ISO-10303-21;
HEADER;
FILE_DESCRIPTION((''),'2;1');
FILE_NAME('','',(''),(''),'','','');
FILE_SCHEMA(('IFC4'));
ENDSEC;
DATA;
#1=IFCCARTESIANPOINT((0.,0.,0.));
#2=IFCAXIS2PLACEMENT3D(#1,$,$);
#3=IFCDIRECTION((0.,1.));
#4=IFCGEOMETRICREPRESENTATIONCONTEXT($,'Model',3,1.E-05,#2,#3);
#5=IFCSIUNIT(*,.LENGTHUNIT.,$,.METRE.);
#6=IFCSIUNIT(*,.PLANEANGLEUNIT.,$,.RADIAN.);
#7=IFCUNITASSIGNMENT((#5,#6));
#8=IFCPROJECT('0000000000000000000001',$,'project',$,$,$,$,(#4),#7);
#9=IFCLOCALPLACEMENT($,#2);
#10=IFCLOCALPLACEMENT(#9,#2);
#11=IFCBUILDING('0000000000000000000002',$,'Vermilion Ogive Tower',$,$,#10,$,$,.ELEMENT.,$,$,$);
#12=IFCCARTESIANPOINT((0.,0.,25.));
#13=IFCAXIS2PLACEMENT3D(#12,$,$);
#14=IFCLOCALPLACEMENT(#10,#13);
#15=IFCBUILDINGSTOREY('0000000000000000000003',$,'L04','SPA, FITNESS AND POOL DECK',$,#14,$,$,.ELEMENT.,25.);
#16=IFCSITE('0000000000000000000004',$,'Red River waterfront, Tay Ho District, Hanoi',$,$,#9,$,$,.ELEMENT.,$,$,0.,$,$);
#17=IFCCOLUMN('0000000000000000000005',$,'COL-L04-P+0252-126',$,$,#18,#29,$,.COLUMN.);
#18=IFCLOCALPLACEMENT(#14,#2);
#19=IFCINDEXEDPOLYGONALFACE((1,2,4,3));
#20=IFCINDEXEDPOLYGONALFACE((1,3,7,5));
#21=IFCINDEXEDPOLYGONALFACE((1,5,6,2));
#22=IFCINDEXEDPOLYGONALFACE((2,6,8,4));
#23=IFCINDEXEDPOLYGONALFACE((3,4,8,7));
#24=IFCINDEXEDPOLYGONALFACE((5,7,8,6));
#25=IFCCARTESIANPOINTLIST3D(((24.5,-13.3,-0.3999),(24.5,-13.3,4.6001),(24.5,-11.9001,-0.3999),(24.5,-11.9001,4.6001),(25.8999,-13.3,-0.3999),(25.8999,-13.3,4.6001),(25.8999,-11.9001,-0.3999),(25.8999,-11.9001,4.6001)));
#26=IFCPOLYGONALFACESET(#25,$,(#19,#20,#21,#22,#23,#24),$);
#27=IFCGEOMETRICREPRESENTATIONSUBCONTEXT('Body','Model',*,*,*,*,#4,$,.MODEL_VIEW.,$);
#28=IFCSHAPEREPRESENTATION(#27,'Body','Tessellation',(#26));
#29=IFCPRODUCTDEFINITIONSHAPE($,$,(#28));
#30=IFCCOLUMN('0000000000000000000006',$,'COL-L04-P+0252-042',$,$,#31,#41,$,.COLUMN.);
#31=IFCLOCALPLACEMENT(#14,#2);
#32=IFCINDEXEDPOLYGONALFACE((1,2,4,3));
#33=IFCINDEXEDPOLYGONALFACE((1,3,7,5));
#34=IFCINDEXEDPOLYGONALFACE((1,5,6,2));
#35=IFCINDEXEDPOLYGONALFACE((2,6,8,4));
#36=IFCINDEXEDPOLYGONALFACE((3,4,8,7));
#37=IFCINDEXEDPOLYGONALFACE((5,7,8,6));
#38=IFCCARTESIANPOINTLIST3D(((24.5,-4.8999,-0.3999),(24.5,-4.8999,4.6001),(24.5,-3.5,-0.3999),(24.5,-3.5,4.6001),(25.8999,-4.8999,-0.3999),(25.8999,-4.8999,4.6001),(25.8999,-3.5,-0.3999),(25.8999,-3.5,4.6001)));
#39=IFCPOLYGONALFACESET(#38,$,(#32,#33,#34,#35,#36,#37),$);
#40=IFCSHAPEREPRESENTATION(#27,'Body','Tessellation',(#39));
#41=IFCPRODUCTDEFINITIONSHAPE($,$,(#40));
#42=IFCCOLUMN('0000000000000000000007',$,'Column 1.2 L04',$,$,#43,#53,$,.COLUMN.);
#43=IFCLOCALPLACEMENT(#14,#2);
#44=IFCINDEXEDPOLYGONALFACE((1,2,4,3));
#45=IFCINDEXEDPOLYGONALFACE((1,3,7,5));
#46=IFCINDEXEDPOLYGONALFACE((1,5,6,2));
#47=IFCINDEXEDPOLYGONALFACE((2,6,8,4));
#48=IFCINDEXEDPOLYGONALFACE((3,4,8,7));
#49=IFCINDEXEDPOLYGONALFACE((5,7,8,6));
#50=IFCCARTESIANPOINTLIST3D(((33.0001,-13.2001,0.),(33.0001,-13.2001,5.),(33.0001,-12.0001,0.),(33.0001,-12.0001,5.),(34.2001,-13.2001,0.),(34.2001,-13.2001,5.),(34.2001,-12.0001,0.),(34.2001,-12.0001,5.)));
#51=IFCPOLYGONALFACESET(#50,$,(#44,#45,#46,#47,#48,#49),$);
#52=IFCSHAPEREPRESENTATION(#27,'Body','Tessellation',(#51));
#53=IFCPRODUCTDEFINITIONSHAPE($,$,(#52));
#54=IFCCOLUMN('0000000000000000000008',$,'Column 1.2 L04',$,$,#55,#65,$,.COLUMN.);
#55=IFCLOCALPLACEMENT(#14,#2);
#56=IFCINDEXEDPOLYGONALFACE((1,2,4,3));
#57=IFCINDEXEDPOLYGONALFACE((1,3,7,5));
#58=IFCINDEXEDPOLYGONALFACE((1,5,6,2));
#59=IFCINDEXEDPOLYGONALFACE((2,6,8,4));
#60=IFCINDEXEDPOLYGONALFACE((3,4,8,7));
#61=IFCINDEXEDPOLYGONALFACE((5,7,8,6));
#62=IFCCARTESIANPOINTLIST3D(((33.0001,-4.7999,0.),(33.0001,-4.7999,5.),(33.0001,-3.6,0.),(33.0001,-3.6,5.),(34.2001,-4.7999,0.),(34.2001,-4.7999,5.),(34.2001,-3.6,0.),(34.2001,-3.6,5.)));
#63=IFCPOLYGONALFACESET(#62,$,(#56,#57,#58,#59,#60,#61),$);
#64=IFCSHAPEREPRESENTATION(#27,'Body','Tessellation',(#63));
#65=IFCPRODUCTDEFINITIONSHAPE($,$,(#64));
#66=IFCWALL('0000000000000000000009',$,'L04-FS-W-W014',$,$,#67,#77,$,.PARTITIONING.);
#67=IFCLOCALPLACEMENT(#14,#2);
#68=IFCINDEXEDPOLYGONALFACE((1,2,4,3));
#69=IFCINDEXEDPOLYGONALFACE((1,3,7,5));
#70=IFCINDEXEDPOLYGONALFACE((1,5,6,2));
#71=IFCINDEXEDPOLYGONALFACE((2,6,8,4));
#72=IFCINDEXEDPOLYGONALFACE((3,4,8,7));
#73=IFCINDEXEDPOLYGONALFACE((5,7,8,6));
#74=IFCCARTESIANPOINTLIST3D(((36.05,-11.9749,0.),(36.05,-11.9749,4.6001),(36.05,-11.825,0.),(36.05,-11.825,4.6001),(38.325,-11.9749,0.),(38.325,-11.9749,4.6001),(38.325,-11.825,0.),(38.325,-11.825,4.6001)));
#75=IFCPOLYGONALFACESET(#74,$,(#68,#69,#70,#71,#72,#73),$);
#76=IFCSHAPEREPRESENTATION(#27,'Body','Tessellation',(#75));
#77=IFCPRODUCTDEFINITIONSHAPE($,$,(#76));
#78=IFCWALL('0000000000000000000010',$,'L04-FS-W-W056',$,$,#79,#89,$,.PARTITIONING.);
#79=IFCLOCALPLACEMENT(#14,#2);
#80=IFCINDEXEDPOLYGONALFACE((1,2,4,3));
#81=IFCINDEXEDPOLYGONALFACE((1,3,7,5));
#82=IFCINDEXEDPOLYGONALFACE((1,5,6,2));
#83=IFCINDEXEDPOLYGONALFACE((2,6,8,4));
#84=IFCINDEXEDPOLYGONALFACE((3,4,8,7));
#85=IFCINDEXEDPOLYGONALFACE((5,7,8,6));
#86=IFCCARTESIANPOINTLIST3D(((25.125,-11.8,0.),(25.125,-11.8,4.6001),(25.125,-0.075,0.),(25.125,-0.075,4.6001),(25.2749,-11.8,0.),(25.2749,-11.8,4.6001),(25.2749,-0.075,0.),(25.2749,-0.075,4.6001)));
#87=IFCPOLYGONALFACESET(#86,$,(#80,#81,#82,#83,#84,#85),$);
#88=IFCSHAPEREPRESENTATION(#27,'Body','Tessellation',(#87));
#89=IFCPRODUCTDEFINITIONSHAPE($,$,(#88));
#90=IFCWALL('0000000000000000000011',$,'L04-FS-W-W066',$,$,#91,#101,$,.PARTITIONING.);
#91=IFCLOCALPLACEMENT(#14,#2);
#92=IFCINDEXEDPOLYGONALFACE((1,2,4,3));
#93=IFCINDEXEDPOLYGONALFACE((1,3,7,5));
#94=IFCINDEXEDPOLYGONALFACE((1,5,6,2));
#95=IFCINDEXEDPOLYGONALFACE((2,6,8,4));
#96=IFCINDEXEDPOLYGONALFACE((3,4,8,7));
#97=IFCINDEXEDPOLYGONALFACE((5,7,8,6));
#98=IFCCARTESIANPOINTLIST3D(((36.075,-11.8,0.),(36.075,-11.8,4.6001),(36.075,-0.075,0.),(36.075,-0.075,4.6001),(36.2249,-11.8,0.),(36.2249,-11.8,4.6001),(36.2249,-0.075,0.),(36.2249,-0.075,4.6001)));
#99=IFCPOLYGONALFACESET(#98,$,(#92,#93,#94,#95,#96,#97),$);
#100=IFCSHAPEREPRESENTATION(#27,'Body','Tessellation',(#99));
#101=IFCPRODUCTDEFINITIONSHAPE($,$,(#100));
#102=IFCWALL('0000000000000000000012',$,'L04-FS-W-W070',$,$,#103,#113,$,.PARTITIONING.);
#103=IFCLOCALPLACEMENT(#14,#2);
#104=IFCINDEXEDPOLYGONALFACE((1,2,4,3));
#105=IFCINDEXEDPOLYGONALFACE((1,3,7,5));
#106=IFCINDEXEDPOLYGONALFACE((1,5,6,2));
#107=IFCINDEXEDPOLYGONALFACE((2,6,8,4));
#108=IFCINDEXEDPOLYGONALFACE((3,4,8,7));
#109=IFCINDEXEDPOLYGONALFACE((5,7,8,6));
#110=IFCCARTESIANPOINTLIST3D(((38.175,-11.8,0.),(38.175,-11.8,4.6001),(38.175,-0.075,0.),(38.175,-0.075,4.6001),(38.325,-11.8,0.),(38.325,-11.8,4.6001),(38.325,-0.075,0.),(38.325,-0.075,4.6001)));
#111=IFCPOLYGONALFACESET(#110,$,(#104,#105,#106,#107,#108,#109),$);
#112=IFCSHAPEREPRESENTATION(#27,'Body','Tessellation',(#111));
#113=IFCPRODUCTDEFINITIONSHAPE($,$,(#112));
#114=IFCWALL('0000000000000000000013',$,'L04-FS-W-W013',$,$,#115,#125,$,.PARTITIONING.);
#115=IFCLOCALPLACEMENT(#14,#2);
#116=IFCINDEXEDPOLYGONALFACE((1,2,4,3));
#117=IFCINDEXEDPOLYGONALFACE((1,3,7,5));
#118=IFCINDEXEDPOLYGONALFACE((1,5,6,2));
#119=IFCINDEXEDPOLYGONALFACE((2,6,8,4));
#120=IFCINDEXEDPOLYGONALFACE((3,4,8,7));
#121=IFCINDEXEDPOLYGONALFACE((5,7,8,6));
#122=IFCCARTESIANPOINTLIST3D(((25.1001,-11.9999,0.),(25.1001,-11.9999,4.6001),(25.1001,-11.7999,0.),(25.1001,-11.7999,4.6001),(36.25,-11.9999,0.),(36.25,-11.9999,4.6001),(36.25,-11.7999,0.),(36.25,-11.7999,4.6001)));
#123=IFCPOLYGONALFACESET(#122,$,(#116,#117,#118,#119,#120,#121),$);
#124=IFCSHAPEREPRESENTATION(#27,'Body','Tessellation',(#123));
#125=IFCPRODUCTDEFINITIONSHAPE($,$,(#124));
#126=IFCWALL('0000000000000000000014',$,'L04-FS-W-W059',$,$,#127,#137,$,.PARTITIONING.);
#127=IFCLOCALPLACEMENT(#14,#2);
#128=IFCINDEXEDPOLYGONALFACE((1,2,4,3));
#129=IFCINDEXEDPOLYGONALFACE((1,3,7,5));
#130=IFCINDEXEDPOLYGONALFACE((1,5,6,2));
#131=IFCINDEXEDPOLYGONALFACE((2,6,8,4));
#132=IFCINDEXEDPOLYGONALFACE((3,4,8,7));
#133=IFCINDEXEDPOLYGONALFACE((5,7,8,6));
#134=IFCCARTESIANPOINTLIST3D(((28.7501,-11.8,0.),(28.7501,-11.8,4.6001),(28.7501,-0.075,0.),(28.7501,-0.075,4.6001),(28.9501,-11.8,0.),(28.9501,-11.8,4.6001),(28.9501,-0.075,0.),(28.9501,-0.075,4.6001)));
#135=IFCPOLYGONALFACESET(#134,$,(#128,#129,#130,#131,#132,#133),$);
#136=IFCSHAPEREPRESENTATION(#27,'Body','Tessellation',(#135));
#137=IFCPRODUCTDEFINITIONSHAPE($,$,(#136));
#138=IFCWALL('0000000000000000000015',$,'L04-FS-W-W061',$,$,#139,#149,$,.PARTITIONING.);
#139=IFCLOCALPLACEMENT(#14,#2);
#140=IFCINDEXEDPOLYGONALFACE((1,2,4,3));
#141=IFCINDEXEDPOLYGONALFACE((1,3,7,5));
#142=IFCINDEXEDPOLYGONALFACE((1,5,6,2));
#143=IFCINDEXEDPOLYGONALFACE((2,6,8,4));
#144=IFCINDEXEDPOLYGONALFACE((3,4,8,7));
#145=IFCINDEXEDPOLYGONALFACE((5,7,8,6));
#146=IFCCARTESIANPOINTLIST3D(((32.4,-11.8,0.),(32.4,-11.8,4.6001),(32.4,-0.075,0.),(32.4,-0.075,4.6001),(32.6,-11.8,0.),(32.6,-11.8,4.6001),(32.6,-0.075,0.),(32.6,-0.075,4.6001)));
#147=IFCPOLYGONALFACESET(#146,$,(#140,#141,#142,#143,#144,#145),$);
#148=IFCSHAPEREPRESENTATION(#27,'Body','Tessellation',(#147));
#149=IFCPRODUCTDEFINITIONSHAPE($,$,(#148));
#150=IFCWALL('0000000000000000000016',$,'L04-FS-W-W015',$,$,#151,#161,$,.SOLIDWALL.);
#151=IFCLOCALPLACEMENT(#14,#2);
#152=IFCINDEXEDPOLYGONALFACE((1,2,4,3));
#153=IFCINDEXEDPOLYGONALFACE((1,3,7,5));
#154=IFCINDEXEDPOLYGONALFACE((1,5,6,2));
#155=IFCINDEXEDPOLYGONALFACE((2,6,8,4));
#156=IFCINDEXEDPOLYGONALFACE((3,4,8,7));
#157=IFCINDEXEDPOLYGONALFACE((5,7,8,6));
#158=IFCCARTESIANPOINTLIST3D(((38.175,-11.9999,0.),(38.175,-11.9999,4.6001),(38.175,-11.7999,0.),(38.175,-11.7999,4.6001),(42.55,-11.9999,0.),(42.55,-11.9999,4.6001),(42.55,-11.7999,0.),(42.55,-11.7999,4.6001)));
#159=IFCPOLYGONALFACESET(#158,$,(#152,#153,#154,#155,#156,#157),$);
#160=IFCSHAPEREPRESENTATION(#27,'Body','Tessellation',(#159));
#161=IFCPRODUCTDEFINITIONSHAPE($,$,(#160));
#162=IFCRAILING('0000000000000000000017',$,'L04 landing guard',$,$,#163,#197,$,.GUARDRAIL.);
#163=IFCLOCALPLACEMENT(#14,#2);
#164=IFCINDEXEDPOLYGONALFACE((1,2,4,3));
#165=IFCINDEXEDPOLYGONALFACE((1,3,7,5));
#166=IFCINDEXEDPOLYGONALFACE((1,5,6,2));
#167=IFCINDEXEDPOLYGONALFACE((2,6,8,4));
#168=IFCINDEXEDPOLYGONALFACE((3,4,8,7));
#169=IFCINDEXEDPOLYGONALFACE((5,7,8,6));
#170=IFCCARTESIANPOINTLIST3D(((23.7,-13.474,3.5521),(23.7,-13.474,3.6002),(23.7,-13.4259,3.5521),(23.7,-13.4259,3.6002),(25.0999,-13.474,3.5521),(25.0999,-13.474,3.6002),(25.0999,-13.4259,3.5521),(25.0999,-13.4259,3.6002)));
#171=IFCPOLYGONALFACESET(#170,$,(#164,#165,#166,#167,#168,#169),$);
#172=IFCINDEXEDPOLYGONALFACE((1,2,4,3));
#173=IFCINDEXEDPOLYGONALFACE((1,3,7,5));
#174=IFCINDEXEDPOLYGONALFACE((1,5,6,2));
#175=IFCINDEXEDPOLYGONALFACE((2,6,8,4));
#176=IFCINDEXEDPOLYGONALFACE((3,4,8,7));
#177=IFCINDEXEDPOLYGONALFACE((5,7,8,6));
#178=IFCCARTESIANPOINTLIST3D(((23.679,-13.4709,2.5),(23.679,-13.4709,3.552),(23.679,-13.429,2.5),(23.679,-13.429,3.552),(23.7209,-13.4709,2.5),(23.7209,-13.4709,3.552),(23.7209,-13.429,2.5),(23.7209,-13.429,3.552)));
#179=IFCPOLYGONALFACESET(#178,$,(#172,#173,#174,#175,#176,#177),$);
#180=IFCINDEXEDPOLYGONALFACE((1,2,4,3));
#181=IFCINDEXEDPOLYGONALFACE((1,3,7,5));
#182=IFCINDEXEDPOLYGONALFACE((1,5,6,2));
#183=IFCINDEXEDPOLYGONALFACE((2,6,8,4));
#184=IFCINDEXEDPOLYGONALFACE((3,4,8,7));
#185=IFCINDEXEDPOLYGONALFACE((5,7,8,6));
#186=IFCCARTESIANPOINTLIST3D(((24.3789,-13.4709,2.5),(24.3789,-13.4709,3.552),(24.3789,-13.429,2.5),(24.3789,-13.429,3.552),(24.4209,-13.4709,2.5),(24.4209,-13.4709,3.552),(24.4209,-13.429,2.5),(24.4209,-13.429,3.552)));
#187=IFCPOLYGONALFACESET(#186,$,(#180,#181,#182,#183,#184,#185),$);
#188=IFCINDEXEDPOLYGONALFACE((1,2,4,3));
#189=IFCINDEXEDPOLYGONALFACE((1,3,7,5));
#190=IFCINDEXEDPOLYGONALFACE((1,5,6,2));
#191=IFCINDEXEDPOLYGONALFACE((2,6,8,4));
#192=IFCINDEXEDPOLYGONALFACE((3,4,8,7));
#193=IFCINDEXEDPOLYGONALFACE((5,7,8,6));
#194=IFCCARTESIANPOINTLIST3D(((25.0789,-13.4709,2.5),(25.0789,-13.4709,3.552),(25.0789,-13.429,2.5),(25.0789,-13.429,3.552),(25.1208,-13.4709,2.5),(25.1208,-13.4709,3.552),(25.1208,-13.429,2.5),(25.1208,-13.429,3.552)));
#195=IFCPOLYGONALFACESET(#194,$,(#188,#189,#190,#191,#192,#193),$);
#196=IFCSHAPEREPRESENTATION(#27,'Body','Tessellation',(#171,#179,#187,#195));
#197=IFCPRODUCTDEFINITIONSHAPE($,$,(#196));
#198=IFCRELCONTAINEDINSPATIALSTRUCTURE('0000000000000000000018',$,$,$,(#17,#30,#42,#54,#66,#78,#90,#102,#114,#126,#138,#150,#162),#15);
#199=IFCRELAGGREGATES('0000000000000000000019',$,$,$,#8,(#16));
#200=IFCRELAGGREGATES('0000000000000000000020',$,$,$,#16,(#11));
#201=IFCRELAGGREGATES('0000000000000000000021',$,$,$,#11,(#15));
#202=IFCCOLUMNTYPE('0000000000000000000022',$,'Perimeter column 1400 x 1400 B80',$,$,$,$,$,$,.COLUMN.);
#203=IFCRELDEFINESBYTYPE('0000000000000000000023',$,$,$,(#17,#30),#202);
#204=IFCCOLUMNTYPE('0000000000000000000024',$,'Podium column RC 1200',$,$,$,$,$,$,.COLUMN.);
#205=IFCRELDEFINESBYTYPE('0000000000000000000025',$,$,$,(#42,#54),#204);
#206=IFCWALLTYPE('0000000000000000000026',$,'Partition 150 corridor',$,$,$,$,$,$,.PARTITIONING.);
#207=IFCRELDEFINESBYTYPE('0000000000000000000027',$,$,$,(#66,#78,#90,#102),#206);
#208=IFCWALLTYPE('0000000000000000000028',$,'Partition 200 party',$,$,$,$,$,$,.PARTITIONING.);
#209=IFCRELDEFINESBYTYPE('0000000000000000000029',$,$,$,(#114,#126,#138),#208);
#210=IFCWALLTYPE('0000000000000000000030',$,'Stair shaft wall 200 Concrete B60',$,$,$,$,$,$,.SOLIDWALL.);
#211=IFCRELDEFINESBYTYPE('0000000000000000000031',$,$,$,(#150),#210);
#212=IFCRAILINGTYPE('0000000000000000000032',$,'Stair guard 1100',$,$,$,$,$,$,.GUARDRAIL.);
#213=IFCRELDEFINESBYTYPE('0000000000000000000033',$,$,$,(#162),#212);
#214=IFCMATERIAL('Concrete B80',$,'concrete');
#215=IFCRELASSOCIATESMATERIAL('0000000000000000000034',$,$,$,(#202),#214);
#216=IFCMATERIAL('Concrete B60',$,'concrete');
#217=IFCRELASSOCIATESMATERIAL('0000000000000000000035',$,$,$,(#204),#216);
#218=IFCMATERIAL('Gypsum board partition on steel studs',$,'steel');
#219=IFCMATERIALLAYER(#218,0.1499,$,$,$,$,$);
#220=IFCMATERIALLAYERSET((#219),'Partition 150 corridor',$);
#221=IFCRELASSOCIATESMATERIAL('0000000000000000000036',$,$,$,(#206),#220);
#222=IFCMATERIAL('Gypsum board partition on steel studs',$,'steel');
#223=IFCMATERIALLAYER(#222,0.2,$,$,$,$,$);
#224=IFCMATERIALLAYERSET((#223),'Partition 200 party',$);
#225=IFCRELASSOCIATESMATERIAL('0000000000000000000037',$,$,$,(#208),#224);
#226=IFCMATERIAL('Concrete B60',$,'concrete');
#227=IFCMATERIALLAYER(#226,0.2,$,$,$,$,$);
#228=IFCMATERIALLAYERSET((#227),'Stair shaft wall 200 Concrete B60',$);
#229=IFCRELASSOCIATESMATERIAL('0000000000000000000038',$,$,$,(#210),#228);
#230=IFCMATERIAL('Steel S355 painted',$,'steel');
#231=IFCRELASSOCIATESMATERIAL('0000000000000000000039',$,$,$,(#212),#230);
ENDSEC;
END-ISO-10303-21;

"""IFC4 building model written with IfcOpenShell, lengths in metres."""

from ifc_helpers import new_model, si_unit, direction, frame, frame_2d, origin, origin_2d, place, context, subcontext, project, spatial, rectangle, extrude, material, layer, layer_set, material_profile, profile_set, type_object, element, save


model = new_model("IFC4")

# Units and contexts
model_context = context("Model", 3, precision=1e-05, world=origin(), true_north=direction((0.0, 1.0)))
body_context = subcontext(model_context, "Body", "Model", "MODEL_VIEW")
ifc_project = project(units=[si_unit("LENGTHUNIT", "METRE"), si_unit("PLANEANGLEUNIT", "RADIAN")], contexts=[model_context])

# Site, building, storey
site_placement = place(None, origin())
site = spatial("IfcSite", under=ifc_project, at=site_placement, Name="Red River waterfront, Tay Ho District, Hanoi", CompositionType="ELEMENT", RefElevation=0.0)
building_placement = place(site_placement, origin())
building = spatial("IfcBuilding", under=site, at=building_placement, Name="Vermilion Ogive Tower", CompositionType="ELEMENT")
storey_placement = place(building_placement, frame((0.0, 0.0, 25.0)))
storey = spatial("IfcBuildingStorey", under=building, at=storey_placement, Name="L04", Description="SPA, FITNESS AND POOL DECK", CompositionType="ELEMENT", Elevation=25.0)

# Columns
ifc_material_1 = material(Name="Concrete B80", Category="concrete")
ifc_material_profile_1 = material_profile(ifc_material_1, rectangle(XDim=1.3999, YDim=1.3999, at=origin_2d()), Name="1400 x 1400")
ifc_profile_set_1 = profile_set([ifc_material_profile_1], Name="Concrete B80")
column_type_1 = type_object("IfcColumnType", Name="Perimeter column 1400 x 1400 B80", PredefinedType="COLUMN", material=ifc_profile_set_1)
for number, where, z_axis, x_axis, name in (
    (1, (25.2, -12.6001, -0.3999), (0.0, 0.0, 1.0), (1.0, 0.0, 0.0), "COL-L04-P+0252-126"),
    (2, (25.2, -4.2, -0.3999), (0.0, 0.0, 1.0), (1.0, 0.0, 0.0), "COL-L04-P+0252-042"),
):
    element("IfcColumn", number, at=place(storey_placement, frame(where, z_axis=z_axis, x_axis=x_axis)), inside=storey, type_object=column_type_1, Name=name, PredefinedType="COLUMN", context=body_context, shape_type="SweptSolid", body=[
        extrude(rectangle(XDim=1.3999, YDim=1.3999, at=origin_2d()), origin(), (0.0, 0.0, 1.0), 5.0),
    ])
ifc_material_2 = material(Name="Concrete B60", Category="concrete")
ifc_material_profile_2 = material_profile(ifc_material_2, rectangle(XDim=1.2, YDim=1.2, at=origin_2d()), Name="RC 1200x1200")
ifc_profile_set_2 = profile_set([ifc_material_profile_2], Name="Concrete B60")
column_type_2 = type_object("IfcColumnType", Name="Podium column RC 1200", PredefinedType="COLUMN", material=ifc_profile_set_2)
for number, where, z_axis, x_axis, name in (
    (3, (33.6001, -12.6001, 0.0), (0.0, 0.0, 1.0), (1.0, 0.0, 0.0), "Column 1.2 L04"),
    (4, (33.6001, -4.2, 0.0), (0.0, 0.0, 1.0), (1.0, 0.0, 0.0), "Column 1.2 L04"),
):
    element("IfcColumn", number, at=place(storey_placement, frame(where, z_axis=z_axis, x_axis=x_axis)), inside=storey, type_object=column_type_2, Name=name, PredefinedType="COLUMN", context=body_context, shape_type="SweptSolid", body=[
        extrude(rectangle(XDim=1.2, YDim=1.2, at=origin_2d()), origin(), (0.0, 0.0, 1.0), 5.0),
    ])

# Walls
ifc_material_3 = material(Name="Gypsum board partition on steel studs", Category="steel")
ifc_layer_1 = layer(ifc_material_3, 0.1499)
ifc_layer_set_1 = layer_set([ifc_layer_1], Name="Partition 150 corridor")
wall_type_1 = type_object("IfcWallType", Name="Partition 150 corridor", PredefinedType="PARTITIONING", material=ifc_layer_set_1)
wall_1_placement = place(storey_placement, frame((36.05, -11.8999, 0.0), z_axis=(0.0, 0.0, 1.0), x_axis=(1.0, 0.0, 0.0)))
element("IfcWall", 5, at=wall_1_placement, inside=storey, type_object=wall_type_1, Name="L04-FS-W-W014", PredefinedType="PARTITIONING", context=body_context, shape_type="SweptSolid", body=[
    extrude(rectangle(XDim=2.2749, YDim=0.1499, at=frame_2d((1.1375, 0.0))), origin(), (0.0, 0.0, 1.0), 4.6001),
])
for number, where, z_axis, x_axis, name in (
    (6, (25.2, -11.8, 0.0), (0.0, 0.0, 1.0), (0.0, 1.0, 0.0), "L04-FS-W-W056"),
    (7, (36.1499, -11.8, 0.0), (0.0, 0.0, 1.0), (0.0, 1.0, 0.0), "L04-FS-W-W066"),
    (8, (38.25, -11.8, 0.0), (0.0, 0.0, 1.0), (0.0, 1.0, 0.0), "L04-FS-W-W070"),
):
    element("IfcWall", number, at=place(storey_placement, frame(where, z_axis=z_axis, x_axis=x_axis)), inside=storey, type_object=wall_type_1, Name=name, PredefinedType="PARTITIONING", context=body_context, shape_type="SweptSolid", body=[
        extrude(rectangle(XDim=11.7251, YDim=0.1499, at=frame_2d((5.8625, 0.0))), origin(), (0.0, 0.0, 1.0), 4.6001),
    ])
ifc_material_4 = material(Name="Gypsum board partition on steel studs", Category="steel")
ifc_layer_2 = layer(ifc_material_4, 0.2)
ifc_layer_set_2 = layer_set([ifc_layer_2], Name="Partition 200 party")
wall_type_2 = type_object("IfcWallType", Name="Partition 200 party", PredefinedType="PARTITIONING", material=ifc_layer_set_2)
wall_2_placement = place(storey_placement, frame((25.1001, -11.8999, 0.0), z_axis=(0.0, 0.0, 1.0), x_axis=(1.0, 0.0, 0.0)))
element("IfcWall", 9, at=wall_2_placement, inside=storey, type_object=wall_type_2, Name="L04-FS-W-W013", PredefinedType="PARTITIONING", context=body_context, shape_type="SweptSolid", body=[
    extrude(rectangle(XDim=11.1499, YDim=0.2, at=frame_2d((5.575, 0.0))), origin(), (0.0, 0.0, 1.0), 4.6001),
])
for number, where, z_axis, x_axis, name in (
    (10, (28.8501, -11.8, 0.0), (0.0, 0.0, 1.0), (0.0, 1.0, 0.0), "L04-FS-W-W059"),
    (11, (32.5, -11.8, 0.0), (0.0, 0.0, 1.0), (0.0, 1.0, 0.0), "L04-FS-W-W061"),
):
    element("IfcWall", number, at=place(storey_placement, frame(where, z_axis=z_axis, x_axis=x_axis)), inside=storey, type_object=wall_type_2, Name=name, PredefinedType="PARTITIONING", context=body_context, shape_type="SweptSolid", body=[
        extrude(rectangle(XDim=11.7251, YDim=0.2, at=frame_2d((5.8625, 0.0))), origin(), (0.0, 0.0, 1.0), 4.6001),
    ])
ifc_material_5 = material(Name="Concrete B60", Category="concrete")
ifc_layer_3 = layer(ifc_material_5, 0.2)
ifc_layer_set_3 = layer_set([ifc_layer_3], Name="Stair shaft wall 200 Concrete B60")
wall_type_3 = type_object("IfcWallType", Name="Stair shaft wall 200 Concrete B60", PredefinedType="SOLIDWALL", material=ifc_layer_set_3)
wall_3_placement = place(storey_placement, frame((38.175, -11.8999, 0.0), z_axis=(0.0, 0.0, 1.0), x_axis=(1.0, 0.0, 0.0)))
element("IfcWall", 12, at=wall_3_placement, inside=storey, type_object=wall_type_3, Name="L04-FS-W-W015", PredefinedType="SOLIDWALL", context=body_context, shape_type="SweptSolid", body=[
    extrude(rectangle(XDim=4.375, YDim=0.2, at=frame_2d((2.1875, 0.0))), origin(), (0.0, 0.0, 1.0), 4.6001),
])

# Railing
ifc_material_6 = material(Name="Steel S355 painted", Category="steel")
railing_type = type_object("IfcRailingType", Name="Stair guard 1100", PredefinedType="GUARDRAIL", material=ifc_material_6)
railing_1_placement = place(storey_placement, frame((23.7, -13.45, 2.5)))
element("IfcRailing", 13, at=railing_1_placement, inside=storey, type_object=railing_type, Name="L04 landing guard", PredefinedType="GUARDRAIL", context=body_context, shape_type="SweptSolid", body=[
    extrude(rectangle(XDim=0.0481, YDim=0.0481, at=origin_2d()), frame((0.0, 0.0, 1.0762), z_axis=(1.0, 0.0, 0.0), x_axis=(0.0, 1.0, 0.0)), (0.0, 0.0, 1.0), 1.3999),
    extrude(rectangle(XDim=0.042, YDim=0.042, at=origin_2d()), origin(), (0.0, 0.0, 1.0), 1.052),
    extrude(rectangle(XDim=0.042, YDim=0.042, at=origin_2d()), frame((0.7, 0.0, 0.0)), (0.0, 0.0, 1.0), 1.052),
    extrude(rectangle(XDim=0.042, YDim=0.042, at=origin_2d()), frame((1.3999, 0.0, 0.0)), (0.0, 0.0, 1.0), 1.052),
])

save(model, "model.ifc")
